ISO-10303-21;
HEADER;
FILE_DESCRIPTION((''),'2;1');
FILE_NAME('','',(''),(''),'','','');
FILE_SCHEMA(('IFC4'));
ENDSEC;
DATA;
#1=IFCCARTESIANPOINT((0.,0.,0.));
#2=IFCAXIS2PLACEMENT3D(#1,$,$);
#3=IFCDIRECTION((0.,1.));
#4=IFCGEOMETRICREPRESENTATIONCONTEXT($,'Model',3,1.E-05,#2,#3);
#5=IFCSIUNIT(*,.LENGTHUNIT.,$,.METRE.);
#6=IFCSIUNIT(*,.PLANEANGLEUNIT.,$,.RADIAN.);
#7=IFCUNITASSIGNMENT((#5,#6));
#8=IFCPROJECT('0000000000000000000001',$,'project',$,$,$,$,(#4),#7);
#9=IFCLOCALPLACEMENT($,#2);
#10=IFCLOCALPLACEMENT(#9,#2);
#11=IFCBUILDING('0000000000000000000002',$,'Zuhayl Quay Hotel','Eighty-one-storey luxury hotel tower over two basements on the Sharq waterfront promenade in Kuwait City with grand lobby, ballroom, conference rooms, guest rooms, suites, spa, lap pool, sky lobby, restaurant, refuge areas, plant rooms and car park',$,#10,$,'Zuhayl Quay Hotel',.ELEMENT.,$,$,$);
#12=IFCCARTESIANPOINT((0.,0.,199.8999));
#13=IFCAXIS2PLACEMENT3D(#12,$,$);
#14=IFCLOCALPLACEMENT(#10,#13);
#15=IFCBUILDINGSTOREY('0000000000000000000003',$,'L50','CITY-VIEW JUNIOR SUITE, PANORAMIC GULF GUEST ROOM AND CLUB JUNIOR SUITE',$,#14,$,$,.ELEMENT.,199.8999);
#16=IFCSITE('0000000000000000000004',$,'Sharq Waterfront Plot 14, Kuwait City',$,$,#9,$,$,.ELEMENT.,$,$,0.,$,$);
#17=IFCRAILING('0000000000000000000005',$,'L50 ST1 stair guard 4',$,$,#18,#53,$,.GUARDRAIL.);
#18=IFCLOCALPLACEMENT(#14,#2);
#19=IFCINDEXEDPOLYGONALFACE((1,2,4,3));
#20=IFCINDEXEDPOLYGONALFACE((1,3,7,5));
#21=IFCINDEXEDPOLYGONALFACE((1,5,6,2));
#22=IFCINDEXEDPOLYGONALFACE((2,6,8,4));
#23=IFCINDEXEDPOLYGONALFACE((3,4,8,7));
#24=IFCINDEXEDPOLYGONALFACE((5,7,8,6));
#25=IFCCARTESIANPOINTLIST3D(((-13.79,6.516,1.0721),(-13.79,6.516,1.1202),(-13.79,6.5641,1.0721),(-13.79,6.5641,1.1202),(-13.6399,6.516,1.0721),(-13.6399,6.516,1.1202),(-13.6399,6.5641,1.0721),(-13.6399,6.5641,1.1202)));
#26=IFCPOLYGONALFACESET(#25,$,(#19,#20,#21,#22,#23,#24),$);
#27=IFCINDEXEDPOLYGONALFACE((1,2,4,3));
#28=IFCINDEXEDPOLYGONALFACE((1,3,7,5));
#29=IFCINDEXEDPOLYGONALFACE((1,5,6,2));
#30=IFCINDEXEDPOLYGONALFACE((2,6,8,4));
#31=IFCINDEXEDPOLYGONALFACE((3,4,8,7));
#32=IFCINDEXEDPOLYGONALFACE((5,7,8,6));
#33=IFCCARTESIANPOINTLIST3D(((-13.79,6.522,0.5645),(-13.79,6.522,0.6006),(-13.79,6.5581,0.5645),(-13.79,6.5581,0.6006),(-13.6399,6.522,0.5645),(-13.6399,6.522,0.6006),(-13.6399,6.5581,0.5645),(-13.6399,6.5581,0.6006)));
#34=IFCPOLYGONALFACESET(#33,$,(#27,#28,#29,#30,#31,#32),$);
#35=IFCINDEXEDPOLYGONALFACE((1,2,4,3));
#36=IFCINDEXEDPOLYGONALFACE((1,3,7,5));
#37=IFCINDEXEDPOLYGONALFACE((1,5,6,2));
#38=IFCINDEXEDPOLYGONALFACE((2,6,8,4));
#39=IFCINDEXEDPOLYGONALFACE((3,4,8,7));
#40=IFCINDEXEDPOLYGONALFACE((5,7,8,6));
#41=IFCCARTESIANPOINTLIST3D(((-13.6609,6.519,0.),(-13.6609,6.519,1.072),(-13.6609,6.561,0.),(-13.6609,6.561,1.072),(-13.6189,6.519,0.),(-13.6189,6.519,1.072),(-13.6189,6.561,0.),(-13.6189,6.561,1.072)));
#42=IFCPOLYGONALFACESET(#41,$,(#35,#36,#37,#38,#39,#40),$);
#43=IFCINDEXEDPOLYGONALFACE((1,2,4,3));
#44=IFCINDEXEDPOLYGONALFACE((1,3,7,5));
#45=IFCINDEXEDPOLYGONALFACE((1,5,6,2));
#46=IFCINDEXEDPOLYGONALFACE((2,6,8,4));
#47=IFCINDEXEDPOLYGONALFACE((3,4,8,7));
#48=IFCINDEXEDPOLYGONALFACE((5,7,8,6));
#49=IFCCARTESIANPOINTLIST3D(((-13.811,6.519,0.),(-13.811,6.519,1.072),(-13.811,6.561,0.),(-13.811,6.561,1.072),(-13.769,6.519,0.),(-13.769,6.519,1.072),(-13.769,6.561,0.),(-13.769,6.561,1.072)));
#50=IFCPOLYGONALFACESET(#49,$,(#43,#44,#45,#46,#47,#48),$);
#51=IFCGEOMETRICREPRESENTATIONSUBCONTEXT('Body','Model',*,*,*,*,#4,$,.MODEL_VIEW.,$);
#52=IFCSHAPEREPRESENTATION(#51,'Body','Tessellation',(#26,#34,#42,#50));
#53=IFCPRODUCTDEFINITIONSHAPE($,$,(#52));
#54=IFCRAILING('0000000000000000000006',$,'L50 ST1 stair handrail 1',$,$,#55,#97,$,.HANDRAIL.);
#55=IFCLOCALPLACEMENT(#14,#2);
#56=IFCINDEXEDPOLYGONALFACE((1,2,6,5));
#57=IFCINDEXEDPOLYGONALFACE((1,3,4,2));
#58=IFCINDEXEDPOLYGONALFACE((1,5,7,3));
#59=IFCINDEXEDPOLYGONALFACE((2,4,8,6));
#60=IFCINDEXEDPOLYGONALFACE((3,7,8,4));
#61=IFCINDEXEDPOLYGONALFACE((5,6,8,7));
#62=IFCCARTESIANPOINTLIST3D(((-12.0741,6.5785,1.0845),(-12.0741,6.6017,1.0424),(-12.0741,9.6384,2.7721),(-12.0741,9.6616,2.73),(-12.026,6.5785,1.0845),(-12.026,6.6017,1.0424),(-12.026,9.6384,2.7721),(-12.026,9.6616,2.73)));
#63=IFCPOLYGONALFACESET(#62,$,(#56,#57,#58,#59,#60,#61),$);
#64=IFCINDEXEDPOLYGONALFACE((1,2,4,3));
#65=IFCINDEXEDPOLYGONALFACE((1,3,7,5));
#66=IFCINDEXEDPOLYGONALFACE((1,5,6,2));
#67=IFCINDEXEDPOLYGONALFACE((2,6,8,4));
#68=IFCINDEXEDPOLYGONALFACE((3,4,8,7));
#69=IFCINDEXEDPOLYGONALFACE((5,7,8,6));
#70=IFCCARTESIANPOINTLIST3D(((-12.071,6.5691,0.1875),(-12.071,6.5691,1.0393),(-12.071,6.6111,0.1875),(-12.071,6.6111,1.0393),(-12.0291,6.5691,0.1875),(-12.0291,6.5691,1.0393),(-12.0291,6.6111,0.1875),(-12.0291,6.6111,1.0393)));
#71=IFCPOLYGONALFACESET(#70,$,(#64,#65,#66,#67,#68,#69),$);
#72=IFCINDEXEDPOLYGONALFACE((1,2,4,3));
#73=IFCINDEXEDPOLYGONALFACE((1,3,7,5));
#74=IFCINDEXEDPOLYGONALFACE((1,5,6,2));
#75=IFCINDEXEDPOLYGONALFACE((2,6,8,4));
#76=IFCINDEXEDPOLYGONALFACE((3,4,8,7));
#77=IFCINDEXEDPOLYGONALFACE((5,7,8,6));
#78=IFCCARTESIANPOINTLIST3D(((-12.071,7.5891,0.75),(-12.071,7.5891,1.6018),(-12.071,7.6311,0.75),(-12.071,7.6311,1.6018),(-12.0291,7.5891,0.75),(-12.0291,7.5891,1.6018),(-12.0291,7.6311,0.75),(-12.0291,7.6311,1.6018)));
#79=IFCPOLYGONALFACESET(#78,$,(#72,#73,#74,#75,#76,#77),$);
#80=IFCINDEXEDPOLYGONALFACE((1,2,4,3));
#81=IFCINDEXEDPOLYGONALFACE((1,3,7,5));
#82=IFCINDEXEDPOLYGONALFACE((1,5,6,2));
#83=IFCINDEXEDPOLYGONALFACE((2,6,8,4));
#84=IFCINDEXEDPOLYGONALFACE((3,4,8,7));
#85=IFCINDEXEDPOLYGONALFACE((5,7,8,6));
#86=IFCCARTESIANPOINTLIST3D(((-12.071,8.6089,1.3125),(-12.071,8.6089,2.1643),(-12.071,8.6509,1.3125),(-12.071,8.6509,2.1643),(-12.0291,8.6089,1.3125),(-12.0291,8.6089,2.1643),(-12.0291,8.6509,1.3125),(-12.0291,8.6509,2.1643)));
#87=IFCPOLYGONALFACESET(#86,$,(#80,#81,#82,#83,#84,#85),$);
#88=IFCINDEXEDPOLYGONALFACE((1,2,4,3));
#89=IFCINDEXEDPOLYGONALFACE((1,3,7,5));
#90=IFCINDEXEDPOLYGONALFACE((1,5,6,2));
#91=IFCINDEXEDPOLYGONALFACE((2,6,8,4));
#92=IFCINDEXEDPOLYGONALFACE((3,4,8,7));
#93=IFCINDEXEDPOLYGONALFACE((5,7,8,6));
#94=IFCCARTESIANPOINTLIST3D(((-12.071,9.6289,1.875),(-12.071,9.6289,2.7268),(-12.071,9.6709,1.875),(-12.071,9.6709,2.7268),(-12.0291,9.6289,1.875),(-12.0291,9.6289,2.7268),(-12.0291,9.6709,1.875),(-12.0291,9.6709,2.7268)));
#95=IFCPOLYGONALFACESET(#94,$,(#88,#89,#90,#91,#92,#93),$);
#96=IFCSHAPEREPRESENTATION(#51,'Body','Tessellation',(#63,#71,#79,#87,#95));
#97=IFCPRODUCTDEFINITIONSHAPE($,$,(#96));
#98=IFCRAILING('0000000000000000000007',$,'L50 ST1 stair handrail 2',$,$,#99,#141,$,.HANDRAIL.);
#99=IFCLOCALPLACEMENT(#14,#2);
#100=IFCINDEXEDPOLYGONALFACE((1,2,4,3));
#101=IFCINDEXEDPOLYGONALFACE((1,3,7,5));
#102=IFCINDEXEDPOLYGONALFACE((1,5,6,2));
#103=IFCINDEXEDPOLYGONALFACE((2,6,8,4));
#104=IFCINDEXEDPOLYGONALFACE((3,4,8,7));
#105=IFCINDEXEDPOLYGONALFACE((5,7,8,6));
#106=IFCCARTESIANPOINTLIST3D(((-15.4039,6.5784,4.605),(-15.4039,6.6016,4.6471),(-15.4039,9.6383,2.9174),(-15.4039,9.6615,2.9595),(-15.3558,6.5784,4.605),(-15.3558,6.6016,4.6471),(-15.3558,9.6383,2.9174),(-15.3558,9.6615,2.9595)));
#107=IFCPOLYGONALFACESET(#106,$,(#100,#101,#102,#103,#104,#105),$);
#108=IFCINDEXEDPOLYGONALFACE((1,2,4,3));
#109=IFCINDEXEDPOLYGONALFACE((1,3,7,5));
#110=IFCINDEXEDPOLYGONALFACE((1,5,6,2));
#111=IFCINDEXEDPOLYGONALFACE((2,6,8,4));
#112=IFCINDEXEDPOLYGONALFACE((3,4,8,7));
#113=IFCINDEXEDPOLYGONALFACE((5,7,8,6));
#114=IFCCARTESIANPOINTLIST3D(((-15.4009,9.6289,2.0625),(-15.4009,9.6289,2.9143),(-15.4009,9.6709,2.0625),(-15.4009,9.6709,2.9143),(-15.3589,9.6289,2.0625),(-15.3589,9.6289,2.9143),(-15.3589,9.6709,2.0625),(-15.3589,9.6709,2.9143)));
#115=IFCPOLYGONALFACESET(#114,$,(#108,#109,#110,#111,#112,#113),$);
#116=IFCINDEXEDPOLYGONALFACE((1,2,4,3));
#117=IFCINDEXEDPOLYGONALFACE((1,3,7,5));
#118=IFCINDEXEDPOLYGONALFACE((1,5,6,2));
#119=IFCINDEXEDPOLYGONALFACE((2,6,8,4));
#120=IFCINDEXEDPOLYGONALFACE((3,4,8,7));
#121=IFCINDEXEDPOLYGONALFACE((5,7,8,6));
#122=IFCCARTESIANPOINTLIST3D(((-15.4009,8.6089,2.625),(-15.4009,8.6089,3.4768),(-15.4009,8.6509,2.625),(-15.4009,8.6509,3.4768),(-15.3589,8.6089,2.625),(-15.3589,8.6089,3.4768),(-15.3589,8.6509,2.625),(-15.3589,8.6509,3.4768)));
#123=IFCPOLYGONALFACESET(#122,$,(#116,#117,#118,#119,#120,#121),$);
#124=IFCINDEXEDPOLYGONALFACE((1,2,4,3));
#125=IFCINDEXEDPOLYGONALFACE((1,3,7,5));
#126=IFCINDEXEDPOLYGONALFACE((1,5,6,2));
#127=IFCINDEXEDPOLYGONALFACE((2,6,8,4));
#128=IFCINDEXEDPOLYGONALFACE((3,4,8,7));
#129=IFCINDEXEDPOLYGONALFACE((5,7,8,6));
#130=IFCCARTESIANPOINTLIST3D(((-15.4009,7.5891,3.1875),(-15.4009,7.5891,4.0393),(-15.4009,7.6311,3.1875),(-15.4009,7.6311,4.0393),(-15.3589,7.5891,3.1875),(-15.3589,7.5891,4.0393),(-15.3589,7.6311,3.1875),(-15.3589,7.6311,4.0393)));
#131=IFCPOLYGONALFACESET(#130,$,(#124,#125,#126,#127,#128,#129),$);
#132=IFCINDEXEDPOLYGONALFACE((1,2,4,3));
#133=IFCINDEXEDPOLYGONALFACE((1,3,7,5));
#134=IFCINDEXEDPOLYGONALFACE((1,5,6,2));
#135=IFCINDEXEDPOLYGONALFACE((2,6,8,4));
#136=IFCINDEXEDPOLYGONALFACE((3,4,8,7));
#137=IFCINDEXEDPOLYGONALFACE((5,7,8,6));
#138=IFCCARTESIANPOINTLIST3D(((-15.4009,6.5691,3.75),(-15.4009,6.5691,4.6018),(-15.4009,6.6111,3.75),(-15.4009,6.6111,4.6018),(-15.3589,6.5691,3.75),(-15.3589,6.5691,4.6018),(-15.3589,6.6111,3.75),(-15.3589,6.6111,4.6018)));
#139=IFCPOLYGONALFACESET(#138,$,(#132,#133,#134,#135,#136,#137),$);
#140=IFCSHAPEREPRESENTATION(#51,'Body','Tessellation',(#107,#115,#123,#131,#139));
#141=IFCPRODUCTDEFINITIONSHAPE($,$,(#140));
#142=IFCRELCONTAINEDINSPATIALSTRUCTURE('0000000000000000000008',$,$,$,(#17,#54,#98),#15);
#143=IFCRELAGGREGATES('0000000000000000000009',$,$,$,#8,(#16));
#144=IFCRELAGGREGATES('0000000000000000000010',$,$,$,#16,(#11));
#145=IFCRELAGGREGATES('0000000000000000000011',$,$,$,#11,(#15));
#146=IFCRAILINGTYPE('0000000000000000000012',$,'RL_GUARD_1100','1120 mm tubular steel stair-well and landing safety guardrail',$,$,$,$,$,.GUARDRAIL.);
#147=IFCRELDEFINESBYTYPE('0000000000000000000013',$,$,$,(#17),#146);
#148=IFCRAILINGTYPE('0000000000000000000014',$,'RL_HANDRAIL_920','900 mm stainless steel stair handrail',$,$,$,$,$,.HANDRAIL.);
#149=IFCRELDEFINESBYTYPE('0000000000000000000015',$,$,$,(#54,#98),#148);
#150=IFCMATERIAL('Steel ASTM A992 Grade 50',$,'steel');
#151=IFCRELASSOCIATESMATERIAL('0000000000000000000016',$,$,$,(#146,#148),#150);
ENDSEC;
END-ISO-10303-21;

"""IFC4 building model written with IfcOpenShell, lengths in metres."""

from ifc_helpers import new_model, si_unit, direction, frame, origin, origin_2d, place, context, subcontext, project, spatial, rectangle, extrude, material, type_object, element, save


model = new_model("IFC4")

# Units and contexts
model_context = context("Model", 3, precision=1e-05, world=origin(), true_north=direction((0.0, 1.0)))
body_context = subcontext(model_context, "Body", "Model", "MODEL_VIEW")
ifc_project = project(units=[si_unit("LENGTHUNIT", "METRE"), si_unit("PLANEANGLEUNIT", "RADIAN")], contexts=[model_context])

# Site, building, storey
site_placement = place(None, origin())
site = spatial("IfcSite", under=ifc_project, at=site_placement, Name="Sharq Waterfront Plot 14, Kuwait City", CompositionType="ELEMENT", RefElevation=0.0)
building_placement = place(site_placement, origin())
building = spatial("IfcBuilding", under=site, at=building_placement, Name="Zuhayl Quay Hotel", Description="Eighty-one-storey luxury hotel tower over two basements on the Sharq waterfront promenade in Kuwait City with grand lobby, ballroom, conference rooms, guest rooms, suites, spa, lap pool, sky lobby, restaurant, refuge areas, plant rooms and car park", LongName="Zuhayl Quay Hotel", CompositionType="ELEMENT")
storey_placement = place(building_placement, frame((0.0, 0.0, 199.8999)))
storey = spatial("IfcBuildingStorey", under=building, at=storey_placement, Name="L50", Description="CITY-VIEW JUNIOR SUITE, PANORAMIC GULF GUEST ROOM AND CLUB JUNIOR SUITE", CompositionType="ELEMENT", Elevation=199.8999)

# Shared definitions
ifc_material_1 = material(Name="Steel ASTM A992 Grade 50", Category="steel")

# Railings
railing_type_1 = type_object("IfcRailingType", Name="RL_GUARD_1100", Description="1120 mm tubular steel stair-well and landing safety guardrail", PredefinedType="GUARDRAIL", material=ifc_material_1)
railing_1_placement = place(storey_placement, frame((-13.6399, 6.54, 0.0)))
element("IfcRailing", 1, at=railing_1_placement, inside=storey, type_object=railing_type_1, Name="L50 ST1 stair guard 4", PredefinedType="GUARDRAIL", context=body_context, shape_type="SweptSolid", body=[
    extrude(rectangle(XDim=0.0481, YDim=0.0481, at=origin_2d()), frame((0.0, 0.0, 1.0962), z_axis=(-1.0, 0.0, 0.0), x_axis=(0.0, -1.0, 0.0)), (0.0, 0.0, 1.0), 0.1501),
    extrude(rectangle(XDim=0.0361, YDim=0.0361, at=origin_2d()), frame((0.0, 0.0, 0.5825), z_axis=(-1.0, 0.0, 0.0), x_axis=(0.0, -1.0, 0.0)), (0.0, 0.0, 1.0), 0.1501),
    extrude(rectangle(XDim=0.042, YDim=0.042, at=origin_2d()), origin(), (0.0, 0.0, 1.0), 1.072),
    extrude(rectangle(XDim=0.042, YDim=0.042, at=origin_2d()), frame((-0.1501, 0.0, 0.0)), (0.0, 0.0, 1.0), 1.072),
])
railing_type_2 = type_object("IfcRailingType", Name="RL_HANDRAIL_920", Description="900 mm stainless steel stair handrail", PredefinedType="HANDRAIL", material=ifc_material_1)
railing_2_placement = place(storey_placement, frame((-12.05, 6.5901, 0.1875)))
element("IfcRailing", 2, at=railing_2_placement, inside=storey, type_object=railing_type_2, Name="L50 ST1 stair handrail 1", PredefinedType="HANDRAIL", context=body_context, shape_type="SweptSolid", body=[
    extrude(rectangle(XDim=0.0481, YDim=0.0481, at=origin_2d()), frame((0.0, 0.0, 0.876), z_axis=(0.0, 0.875659, 0.48293), x_axis=(-1.0, 0.0, 0.0)), (0.0, 0.0, 1.0), 3.4944),
    extrude(rectangle(XDim=0.042, YDim=0.042, at=origin_2d()), origin(), (0.0, 0.0, 1.0), 0.8518),
    extrude(rectangle(XDim=0.042, YDim=0.042, at=origin_2d()), frame((0.0, 1.02, 0.5625)), (0.0, 0.0, 1.0), 0.8518),
    extrude(rectangle(XDim=0.042, YDim=0.042, at=origin_2d()), frame((0.0, 2.0398, 1.125)), (0.0, 0.0, 1.0), 0.8518),
    extrude(rectangle(XDim=0.042, YDim=0.042, at=origin_2d()), frame((0.0, 3.0598, 1.6875)), (0.0, 0.0, 1.0), 0.8518),
])
railing_3_placement = place(storey_placement, frame((-15.3799, 9.6499, 2.0625)))
element("IfcRailing", 3, at=railing_3_placement, inside=storey, type_object=railing_type_2, Name="L50 ST1 stair handrail 2", PredefinedType="HANDRAIL", context=body_context, shape_type="SweptSolid", body=[
    extrude(rectangle(XDim=0.0481, YDim=0.0481, at=origin_2d()), frame((0.0, 0.0, 0.876), z_axis=(0.0, -0.875659, 0.48293), x_axis=(1.0, 0.0, 0.0)), (0.0, 0.0, 1.0), 3.4944),
    extrude(rectangle(XDim=0.042, YDim=0.042, at=origin_2d()), origin(), (0.0, 0.0, 1.0), 0.8518),
    extrude(rectangle(XDim=0.042, YDim=0.042, at=origin_2d()), frame((0.0, -1.02, 0.5625)), (0.0, 0.0, 1.0), 0.8518),
    extrude(rectangle(XDim=0.042, YDim=0.042, at=origin_2d()), frame((0.0, -2.0398, 1.125)), (0.0, 0.0, 1.0), 0.8518),
    extrude(rectangle(XDim=0.042, YDim=0.042, at=origin_2d()), frame((0.0, -3.0598, 1.6875)), (0.0, 0.0, 1.0), 0.8518),
])

save(model, "model.ifc")
